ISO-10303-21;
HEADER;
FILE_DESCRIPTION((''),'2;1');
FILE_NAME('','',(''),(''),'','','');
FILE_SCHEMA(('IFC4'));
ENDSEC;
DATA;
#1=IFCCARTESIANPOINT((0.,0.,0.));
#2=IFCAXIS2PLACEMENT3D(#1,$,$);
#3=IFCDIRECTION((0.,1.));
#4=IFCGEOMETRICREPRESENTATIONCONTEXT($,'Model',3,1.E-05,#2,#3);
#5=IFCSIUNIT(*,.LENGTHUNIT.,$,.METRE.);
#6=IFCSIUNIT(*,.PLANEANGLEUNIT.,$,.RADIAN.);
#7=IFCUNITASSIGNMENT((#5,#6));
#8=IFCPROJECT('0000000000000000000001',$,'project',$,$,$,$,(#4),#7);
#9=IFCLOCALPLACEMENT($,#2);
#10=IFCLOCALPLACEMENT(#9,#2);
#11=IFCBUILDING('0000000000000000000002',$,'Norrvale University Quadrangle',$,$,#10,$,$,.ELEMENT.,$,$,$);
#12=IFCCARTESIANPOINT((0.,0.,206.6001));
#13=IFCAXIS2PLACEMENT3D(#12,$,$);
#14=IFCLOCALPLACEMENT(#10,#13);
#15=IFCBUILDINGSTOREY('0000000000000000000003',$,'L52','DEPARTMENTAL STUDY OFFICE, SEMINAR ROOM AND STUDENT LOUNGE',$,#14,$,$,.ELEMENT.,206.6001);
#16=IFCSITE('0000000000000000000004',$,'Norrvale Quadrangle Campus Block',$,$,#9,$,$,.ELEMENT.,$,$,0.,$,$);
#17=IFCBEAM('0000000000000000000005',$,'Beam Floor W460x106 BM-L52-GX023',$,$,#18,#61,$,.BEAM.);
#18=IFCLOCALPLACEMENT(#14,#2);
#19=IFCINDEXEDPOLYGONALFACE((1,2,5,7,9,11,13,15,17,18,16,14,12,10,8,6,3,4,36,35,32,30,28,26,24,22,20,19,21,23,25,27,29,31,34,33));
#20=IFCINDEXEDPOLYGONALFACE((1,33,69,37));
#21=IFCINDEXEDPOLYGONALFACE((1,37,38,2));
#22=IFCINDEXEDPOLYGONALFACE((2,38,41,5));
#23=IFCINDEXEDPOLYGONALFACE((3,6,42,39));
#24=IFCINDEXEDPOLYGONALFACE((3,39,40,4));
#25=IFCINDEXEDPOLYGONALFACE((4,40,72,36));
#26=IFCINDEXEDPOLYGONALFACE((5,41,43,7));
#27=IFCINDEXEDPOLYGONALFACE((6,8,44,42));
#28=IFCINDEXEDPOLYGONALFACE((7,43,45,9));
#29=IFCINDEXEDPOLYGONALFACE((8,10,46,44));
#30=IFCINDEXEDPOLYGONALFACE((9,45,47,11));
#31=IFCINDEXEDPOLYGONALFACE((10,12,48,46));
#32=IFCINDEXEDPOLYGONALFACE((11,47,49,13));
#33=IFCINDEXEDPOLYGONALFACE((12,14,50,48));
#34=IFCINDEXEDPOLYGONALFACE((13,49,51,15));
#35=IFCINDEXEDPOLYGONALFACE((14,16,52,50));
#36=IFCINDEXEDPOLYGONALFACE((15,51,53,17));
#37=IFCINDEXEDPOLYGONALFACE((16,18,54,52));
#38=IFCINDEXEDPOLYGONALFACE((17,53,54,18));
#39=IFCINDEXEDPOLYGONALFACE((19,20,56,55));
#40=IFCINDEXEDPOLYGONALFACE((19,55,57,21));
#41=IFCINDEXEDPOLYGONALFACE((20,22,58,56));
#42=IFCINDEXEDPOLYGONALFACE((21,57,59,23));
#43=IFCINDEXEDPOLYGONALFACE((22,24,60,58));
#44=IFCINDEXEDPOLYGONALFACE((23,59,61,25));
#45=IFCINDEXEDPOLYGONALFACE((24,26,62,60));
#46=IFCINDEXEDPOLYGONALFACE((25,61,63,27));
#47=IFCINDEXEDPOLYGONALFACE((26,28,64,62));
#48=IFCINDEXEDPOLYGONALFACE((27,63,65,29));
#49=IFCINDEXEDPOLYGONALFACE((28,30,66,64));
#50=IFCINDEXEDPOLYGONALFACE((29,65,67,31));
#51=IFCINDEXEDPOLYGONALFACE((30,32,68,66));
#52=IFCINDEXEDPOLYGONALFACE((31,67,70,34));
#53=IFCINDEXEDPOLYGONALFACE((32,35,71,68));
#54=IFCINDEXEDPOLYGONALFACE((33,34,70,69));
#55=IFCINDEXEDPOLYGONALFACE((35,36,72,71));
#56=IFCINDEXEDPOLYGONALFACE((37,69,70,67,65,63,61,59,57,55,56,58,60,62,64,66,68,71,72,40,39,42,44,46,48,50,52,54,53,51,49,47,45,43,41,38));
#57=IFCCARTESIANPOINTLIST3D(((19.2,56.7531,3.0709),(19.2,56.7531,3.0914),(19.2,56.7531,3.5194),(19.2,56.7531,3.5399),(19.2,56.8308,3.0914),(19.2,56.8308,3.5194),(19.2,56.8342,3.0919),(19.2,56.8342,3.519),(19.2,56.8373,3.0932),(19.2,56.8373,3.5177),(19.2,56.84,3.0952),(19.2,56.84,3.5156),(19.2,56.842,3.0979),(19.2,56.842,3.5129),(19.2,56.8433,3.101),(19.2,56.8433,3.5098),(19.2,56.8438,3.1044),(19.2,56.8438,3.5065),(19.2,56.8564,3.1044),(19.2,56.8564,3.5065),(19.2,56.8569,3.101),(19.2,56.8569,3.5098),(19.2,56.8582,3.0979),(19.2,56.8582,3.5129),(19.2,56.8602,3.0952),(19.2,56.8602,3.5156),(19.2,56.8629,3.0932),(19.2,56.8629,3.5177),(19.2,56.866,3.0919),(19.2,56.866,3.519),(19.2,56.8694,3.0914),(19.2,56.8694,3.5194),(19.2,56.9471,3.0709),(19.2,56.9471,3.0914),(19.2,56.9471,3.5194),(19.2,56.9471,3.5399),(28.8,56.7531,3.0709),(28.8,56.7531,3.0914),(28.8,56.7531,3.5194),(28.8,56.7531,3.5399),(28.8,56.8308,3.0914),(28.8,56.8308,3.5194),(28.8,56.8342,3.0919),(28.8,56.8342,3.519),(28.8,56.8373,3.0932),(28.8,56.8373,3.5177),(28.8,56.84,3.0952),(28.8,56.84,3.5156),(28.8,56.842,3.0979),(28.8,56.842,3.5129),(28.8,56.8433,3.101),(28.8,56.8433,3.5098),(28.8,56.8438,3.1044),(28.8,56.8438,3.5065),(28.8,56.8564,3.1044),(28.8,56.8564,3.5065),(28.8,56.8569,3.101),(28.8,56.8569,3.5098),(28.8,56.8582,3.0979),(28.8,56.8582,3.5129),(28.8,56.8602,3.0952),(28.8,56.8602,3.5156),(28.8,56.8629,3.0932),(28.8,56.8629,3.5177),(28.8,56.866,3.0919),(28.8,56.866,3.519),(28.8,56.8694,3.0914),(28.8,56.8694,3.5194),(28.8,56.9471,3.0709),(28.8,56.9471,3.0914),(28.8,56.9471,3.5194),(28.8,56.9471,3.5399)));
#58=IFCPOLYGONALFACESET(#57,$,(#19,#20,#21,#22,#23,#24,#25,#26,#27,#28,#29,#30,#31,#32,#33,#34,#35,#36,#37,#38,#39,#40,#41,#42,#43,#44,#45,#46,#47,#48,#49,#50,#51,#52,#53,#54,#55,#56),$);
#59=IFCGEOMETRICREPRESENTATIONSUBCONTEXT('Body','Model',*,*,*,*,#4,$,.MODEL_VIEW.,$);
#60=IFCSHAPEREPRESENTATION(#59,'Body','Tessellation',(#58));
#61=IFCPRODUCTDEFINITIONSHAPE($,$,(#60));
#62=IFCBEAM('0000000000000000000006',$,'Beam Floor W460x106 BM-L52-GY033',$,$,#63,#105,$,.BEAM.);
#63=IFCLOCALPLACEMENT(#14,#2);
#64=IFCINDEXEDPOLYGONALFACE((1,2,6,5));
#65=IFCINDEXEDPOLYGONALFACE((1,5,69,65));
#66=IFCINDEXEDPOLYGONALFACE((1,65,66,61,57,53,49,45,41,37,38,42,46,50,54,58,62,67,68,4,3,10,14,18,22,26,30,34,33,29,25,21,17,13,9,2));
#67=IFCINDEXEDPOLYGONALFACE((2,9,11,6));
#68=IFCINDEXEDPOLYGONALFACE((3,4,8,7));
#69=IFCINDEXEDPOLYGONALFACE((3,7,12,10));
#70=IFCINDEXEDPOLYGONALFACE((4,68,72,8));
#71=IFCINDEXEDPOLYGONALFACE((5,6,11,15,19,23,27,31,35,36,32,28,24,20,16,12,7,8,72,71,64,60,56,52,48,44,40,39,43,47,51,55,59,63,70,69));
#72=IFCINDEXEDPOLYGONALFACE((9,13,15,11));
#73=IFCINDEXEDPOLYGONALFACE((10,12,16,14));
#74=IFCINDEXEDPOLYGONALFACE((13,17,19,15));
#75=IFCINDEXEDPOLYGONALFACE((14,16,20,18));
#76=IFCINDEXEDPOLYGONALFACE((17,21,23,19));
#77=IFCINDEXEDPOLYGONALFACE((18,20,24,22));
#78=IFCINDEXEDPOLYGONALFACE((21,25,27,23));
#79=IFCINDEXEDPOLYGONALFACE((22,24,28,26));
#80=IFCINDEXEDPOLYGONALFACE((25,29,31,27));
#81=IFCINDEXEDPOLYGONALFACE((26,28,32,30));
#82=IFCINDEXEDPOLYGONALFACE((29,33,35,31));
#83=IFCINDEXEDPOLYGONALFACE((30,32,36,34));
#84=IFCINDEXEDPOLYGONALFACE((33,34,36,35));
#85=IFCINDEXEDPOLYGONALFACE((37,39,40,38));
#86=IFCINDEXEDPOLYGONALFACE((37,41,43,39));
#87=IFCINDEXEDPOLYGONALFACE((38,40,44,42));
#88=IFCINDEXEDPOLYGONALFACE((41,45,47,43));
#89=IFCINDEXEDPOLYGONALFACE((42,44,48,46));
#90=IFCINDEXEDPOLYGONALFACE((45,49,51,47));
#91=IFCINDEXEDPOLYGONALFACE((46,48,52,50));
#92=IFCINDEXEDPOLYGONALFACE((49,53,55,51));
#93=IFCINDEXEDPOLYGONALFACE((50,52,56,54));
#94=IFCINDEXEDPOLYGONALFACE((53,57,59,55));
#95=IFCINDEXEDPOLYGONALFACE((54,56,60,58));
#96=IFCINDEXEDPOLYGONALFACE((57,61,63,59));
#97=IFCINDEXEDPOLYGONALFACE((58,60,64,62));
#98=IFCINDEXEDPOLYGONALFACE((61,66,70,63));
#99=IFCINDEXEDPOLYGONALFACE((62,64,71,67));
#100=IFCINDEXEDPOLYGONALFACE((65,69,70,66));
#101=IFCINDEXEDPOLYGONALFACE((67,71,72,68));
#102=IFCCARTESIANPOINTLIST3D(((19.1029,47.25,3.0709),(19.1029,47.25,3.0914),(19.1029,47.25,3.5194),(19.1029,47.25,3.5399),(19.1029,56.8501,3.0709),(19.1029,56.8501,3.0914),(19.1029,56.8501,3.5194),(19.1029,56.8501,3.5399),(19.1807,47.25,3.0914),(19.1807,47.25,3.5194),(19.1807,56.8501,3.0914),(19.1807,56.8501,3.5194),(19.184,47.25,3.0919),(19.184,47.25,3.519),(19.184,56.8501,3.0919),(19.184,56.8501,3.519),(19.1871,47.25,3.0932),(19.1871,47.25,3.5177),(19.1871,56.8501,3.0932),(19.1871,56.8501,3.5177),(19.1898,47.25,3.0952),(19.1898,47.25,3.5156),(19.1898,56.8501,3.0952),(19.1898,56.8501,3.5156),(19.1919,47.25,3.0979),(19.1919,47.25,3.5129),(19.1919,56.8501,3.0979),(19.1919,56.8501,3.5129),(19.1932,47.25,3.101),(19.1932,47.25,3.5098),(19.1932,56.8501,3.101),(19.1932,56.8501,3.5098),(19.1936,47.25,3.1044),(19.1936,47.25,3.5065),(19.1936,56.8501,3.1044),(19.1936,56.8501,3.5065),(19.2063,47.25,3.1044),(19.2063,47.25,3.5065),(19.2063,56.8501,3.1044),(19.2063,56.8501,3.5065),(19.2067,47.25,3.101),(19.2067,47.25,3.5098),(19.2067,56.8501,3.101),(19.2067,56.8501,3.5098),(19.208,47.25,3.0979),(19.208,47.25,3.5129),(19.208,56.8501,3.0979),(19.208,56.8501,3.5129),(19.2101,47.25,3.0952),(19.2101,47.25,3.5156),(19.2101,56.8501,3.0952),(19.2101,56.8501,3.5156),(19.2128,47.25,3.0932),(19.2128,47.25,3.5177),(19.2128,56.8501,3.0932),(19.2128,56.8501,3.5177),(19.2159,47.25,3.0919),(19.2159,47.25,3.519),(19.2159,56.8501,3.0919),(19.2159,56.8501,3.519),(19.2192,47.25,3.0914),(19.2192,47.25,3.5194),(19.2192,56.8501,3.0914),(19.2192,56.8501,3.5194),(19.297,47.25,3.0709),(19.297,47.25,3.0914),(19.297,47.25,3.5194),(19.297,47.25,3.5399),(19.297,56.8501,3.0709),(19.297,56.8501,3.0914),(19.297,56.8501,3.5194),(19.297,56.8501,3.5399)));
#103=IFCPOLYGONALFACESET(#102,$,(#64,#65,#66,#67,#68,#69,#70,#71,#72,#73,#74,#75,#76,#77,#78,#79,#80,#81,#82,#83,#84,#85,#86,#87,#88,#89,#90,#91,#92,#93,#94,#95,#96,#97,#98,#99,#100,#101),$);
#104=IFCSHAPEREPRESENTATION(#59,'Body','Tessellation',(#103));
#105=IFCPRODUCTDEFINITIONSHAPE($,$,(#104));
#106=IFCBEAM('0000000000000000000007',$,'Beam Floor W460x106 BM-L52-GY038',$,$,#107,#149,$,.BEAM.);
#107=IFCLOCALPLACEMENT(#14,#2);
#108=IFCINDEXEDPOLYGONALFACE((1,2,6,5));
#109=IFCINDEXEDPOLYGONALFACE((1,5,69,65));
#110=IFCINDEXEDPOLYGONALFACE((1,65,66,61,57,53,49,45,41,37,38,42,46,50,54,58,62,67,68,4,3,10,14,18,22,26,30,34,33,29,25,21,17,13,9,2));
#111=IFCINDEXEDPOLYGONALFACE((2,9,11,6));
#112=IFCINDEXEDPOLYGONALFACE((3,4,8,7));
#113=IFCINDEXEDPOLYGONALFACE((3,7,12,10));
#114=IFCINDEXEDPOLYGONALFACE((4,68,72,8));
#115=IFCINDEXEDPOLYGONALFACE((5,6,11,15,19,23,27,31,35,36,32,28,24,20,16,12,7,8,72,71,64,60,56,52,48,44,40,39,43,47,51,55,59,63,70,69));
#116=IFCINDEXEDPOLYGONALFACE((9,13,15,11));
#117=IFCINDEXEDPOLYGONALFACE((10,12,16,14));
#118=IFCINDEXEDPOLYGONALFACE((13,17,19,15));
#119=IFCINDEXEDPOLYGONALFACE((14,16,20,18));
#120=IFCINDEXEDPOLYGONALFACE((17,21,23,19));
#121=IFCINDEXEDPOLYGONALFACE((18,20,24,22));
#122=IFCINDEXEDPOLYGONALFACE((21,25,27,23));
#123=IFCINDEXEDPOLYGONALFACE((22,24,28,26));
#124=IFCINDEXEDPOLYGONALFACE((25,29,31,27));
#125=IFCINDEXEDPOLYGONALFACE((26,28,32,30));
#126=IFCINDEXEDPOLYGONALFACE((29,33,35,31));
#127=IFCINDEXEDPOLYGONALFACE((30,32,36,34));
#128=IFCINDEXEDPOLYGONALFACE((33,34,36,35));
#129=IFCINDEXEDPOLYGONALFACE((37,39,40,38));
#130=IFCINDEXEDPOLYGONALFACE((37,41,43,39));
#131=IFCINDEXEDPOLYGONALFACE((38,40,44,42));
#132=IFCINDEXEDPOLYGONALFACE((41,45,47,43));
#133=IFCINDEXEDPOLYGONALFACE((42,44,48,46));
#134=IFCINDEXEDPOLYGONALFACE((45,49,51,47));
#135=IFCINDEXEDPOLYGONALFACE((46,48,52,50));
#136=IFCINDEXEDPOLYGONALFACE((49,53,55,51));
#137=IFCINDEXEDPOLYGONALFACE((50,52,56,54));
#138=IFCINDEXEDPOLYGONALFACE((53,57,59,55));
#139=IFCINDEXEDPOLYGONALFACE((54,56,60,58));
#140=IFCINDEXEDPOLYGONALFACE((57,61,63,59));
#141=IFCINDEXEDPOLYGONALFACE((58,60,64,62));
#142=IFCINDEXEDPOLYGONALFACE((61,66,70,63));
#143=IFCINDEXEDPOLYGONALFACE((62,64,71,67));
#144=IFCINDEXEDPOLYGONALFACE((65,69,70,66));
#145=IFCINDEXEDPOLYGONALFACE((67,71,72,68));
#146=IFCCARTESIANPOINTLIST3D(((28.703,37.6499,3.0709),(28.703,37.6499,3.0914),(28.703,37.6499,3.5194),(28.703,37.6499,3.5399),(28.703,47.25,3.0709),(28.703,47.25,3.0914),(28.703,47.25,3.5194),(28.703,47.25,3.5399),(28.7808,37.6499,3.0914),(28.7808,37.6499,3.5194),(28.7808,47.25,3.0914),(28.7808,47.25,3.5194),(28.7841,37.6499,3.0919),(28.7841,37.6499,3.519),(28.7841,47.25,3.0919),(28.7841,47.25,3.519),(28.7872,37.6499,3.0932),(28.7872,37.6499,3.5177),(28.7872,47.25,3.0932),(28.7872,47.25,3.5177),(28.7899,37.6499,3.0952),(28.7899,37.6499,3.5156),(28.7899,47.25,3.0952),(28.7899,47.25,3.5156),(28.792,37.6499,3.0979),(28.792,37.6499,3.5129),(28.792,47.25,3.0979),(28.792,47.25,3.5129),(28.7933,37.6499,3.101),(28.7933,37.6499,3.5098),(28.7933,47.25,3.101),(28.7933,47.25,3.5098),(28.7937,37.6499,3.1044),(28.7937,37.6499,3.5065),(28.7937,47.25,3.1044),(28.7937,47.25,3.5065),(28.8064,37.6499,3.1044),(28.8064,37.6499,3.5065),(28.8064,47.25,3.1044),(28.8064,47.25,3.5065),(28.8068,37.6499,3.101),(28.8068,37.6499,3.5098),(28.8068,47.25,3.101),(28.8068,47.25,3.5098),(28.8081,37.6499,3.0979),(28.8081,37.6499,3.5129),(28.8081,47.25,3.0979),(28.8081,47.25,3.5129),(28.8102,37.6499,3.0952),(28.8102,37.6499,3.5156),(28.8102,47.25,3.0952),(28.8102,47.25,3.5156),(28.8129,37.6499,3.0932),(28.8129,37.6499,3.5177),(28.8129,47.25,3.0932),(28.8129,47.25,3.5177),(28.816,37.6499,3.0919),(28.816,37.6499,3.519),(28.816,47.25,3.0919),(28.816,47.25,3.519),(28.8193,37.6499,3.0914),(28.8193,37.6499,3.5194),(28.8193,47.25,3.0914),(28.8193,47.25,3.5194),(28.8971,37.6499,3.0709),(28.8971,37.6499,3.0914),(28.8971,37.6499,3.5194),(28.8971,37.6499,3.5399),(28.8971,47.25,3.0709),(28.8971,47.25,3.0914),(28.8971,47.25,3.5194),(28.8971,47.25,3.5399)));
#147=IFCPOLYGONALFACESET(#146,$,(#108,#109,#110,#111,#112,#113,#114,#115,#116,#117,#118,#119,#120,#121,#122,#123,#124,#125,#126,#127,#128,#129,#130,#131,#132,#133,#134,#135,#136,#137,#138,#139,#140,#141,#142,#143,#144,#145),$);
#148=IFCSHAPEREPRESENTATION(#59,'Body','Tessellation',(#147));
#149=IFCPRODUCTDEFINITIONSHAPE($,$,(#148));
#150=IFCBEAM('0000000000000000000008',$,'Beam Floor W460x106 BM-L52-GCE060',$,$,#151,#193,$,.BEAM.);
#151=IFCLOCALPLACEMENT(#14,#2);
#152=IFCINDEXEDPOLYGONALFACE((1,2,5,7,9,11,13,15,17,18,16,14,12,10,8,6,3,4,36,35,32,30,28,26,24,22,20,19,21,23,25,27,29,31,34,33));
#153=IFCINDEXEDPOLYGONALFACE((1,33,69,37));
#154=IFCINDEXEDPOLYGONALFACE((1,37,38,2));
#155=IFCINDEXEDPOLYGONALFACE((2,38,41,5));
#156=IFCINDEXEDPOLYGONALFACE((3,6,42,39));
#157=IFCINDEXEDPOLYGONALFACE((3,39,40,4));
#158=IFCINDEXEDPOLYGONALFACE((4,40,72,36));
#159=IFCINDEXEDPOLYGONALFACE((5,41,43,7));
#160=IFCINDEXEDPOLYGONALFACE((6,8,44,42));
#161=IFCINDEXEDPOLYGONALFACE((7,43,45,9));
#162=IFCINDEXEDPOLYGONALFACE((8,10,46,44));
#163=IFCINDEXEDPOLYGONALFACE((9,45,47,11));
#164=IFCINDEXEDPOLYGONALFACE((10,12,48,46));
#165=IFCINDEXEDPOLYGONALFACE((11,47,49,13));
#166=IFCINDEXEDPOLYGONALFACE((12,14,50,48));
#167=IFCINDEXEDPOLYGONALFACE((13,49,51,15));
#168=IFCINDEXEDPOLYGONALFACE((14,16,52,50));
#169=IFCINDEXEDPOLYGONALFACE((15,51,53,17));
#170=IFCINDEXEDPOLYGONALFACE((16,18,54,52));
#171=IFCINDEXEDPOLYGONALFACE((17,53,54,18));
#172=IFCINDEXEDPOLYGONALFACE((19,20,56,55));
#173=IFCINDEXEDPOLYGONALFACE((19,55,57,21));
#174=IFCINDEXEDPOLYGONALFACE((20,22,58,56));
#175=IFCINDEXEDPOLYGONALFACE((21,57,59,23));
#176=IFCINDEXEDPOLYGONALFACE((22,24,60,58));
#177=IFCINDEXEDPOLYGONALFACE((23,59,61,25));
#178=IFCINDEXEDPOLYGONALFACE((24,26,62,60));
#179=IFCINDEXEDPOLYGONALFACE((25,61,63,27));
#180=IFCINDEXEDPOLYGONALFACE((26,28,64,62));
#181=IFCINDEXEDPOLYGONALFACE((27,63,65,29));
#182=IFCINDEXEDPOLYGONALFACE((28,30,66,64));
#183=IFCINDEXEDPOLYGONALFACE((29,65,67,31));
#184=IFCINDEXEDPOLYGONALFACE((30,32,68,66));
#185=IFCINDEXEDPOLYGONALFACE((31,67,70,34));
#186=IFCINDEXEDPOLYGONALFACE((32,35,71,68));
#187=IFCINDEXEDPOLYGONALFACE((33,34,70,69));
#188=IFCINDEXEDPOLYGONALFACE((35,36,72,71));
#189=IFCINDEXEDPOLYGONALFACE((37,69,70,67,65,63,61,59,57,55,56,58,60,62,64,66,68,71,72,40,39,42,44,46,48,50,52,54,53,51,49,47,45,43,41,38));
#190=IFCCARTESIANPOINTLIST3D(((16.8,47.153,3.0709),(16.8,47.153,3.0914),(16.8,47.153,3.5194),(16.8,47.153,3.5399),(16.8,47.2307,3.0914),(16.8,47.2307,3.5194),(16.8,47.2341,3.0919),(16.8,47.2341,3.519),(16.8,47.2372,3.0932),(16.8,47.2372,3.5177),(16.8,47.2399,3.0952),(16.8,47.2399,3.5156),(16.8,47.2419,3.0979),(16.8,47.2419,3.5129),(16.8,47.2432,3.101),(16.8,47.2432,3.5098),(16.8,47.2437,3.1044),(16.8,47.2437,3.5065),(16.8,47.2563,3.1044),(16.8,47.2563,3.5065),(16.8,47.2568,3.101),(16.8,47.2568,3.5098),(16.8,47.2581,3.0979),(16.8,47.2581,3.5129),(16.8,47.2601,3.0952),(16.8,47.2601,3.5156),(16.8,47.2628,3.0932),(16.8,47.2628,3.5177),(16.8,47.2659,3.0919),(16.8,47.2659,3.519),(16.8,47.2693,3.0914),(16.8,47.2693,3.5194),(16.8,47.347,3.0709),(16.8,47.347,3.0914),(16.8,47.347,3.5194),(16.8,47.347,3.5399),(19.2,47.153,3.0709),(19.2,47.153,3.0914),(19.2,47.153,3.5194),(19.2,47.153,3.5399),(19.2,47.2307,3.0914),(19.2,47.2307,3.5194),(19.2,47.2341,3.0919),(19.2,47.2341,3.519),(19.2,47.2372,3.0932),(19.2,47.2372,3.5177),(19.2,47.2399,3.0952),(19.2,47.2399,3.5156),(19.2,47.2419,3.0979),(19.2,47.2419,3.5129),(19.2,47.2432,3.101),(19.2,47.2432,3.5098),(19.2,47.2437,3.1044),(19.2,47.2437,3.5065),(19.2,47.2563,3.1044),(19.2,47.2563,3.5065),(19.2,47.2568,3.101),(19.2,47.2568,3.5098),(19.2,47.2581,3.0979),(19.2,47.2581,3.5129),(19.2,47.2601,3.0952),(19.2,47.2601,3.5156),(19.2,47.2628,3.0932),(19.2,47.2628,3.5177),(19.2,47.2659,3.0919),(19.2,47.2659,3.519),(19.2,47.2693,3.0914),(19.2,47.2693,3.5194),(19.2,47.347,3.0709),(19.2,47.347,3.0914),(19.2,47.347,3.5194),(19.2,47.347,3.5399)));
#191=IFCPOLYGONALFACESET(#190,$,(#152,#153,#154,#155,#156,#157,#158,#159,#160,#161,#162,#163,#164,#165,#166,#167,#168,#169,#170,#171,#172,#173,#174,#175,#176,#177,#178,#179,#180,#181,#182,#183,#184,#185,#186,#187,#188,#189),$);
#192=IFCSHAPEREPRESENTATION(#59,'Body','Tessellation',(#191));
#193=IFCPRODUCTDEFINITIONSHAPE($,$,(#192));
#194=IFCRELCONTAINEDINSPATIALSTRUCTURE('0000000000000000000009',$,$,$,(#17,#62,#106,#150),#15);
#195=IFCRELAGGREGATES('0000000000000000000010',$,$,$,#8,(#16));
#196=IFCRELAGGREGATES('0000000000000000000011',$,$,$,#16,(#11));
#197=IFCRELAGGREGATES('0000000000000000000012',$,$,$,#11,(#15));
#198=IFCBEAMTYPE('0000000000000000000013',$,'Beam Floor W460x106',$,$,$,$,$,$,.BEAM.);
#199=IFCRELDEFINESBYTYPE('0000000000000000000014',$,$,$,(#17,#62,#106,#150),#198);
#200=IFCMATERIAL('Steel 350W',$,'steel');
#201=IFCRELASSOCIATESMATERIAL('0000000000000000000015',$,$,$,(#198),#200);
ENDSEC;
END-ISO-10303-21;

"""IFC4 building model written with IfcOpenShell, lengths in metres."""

from ifc_helpers import new_model, si_unit, direction, frame, origin, origin_2d, place, context, subcontext, project, spatial, i_section, extrude, material, material_profile, profile_set, type_object, element, save


model = new_model("IFC4")

# Units and contexts
model_context = context("Model", 3, precision=1e-05, world=origin(), true_north=direction((0.0, 1.0)))
body_context = subcontext(model_context, "Body", "Model", "MODEL_VIEW")
ifc_project = project(units=[si_unit("LENGTHUNIT", "METRE"), si_unit("PLANEANGLEUNIT", "RADIAN")], contexts=[model_context])

# Site, building, storey
site_placement = place(None, origin())
site = spatial("IfcSite", under=ifc_project, at=site_placement, Name="Norrvale Quadrangle Campus Block", CompositionType="ELEMENT", RefElevation=0.0)
building_placement = place(site_placement, origin())
building = spatial("IfcBuilding", under=site, at=building_placement, Name="Norrvale University Quadrangle", CompositionType="ELEMENT")
storey_placement = place(building_placement, frame((0.0, 0.0, 206.6001)))
storey = spatial("IfcBuildingStorey", under=building, at=storey_placement, Name="L52", Description="DEPARTMENTAL STUDY OFFICE, SEMINAR ROOM AND STUDENT LOUNGE", CompositionType="ELEMENT", Elevation=206.6001)

# Beams
ifc_material_1 = material(Name="Steel 350W", Category="steel")
ifc_material_profile_1 = material_profile(ifc_material_1, i_section(OverallWidth=0.1941, OverallDepth=0.469, WebThickness=0.0127, FlangeThickness=0.0205, FilletRadius=0.0129, at=origin_2d()), Name="Steel 350W")
ifc_profile_set_1 = profile_set([ifc_material_profile_1], Name="Steel 350W")
beam_type_1 = type_object("IfcBeamType", Name="Beam Floor W460x106", PredefinedType="BEAM", material=ifc_profile_set_1)
for number, where, z_axis, x_axis, name in (
    (1, (19.2, 56.8501, 3.3054), (1.0, 0.0, 0.0), (0.0, 1.0, 0.0), "Beam Floor W460x106 BM-L52-GX023"),
    (2, (19.2, 47.25, 3.3054), (0.0, 1.0, 0.0), (-1.0, 0.0, 0.0), "Beam Floor W460x106 BM-L52-GY033"),
    (3, (28.8, 37.6499, 3.3054), (0.0, 1.0, 0.0), (-1.0, 0.0, 0.0), "Beam Floor W460x106 BM-L52-GY038"),
):
    element("IfcBeam", number, at=place(storey_placement, frame(where, z_axis=z_axis, x_axis=x_axis)), inside=storey, type_object=beam_type_1, Name=name, PredefinedType="BEAM", context=body_context, shape_type="SweptSolid", body=[
        extrude(i_section(OverallWidth=0.1941, OverallDepth=0.469, WebThickness=0.0127, FlangeThickness=0.0205, FilletRadius=0.0129, at=origin_2d()), origin(), (0.0, 0.0, 1.0), 9.6001),
    ])
beam_1_placement = place(storey_placement, frame((16.8, 47.25, 3.3054), z_axis=(1.0, 0.0, 0.0), x_axis=(0.0, 1.0, 0.0)))
element("IfcBeam", 4, at=beam_1_placement, inside=storey, type_object=beam_type_1, Name="Beam Floor W460x106 BM-L52-GCE060", PredefinedType="BEAM", context=body_context, shape_type="SweptSolid", body=[
    extrude(i_section(OverallWidth=0.1941, OverallDepth=0.469, WebThickness=0.0127, FlangeThickness=0.0205, FilletRadius=0.0129, at=origin_2d()), origin(), (0.0, 0.0, 1.0), 2.3999),
])

save(model, "model.ifc")
